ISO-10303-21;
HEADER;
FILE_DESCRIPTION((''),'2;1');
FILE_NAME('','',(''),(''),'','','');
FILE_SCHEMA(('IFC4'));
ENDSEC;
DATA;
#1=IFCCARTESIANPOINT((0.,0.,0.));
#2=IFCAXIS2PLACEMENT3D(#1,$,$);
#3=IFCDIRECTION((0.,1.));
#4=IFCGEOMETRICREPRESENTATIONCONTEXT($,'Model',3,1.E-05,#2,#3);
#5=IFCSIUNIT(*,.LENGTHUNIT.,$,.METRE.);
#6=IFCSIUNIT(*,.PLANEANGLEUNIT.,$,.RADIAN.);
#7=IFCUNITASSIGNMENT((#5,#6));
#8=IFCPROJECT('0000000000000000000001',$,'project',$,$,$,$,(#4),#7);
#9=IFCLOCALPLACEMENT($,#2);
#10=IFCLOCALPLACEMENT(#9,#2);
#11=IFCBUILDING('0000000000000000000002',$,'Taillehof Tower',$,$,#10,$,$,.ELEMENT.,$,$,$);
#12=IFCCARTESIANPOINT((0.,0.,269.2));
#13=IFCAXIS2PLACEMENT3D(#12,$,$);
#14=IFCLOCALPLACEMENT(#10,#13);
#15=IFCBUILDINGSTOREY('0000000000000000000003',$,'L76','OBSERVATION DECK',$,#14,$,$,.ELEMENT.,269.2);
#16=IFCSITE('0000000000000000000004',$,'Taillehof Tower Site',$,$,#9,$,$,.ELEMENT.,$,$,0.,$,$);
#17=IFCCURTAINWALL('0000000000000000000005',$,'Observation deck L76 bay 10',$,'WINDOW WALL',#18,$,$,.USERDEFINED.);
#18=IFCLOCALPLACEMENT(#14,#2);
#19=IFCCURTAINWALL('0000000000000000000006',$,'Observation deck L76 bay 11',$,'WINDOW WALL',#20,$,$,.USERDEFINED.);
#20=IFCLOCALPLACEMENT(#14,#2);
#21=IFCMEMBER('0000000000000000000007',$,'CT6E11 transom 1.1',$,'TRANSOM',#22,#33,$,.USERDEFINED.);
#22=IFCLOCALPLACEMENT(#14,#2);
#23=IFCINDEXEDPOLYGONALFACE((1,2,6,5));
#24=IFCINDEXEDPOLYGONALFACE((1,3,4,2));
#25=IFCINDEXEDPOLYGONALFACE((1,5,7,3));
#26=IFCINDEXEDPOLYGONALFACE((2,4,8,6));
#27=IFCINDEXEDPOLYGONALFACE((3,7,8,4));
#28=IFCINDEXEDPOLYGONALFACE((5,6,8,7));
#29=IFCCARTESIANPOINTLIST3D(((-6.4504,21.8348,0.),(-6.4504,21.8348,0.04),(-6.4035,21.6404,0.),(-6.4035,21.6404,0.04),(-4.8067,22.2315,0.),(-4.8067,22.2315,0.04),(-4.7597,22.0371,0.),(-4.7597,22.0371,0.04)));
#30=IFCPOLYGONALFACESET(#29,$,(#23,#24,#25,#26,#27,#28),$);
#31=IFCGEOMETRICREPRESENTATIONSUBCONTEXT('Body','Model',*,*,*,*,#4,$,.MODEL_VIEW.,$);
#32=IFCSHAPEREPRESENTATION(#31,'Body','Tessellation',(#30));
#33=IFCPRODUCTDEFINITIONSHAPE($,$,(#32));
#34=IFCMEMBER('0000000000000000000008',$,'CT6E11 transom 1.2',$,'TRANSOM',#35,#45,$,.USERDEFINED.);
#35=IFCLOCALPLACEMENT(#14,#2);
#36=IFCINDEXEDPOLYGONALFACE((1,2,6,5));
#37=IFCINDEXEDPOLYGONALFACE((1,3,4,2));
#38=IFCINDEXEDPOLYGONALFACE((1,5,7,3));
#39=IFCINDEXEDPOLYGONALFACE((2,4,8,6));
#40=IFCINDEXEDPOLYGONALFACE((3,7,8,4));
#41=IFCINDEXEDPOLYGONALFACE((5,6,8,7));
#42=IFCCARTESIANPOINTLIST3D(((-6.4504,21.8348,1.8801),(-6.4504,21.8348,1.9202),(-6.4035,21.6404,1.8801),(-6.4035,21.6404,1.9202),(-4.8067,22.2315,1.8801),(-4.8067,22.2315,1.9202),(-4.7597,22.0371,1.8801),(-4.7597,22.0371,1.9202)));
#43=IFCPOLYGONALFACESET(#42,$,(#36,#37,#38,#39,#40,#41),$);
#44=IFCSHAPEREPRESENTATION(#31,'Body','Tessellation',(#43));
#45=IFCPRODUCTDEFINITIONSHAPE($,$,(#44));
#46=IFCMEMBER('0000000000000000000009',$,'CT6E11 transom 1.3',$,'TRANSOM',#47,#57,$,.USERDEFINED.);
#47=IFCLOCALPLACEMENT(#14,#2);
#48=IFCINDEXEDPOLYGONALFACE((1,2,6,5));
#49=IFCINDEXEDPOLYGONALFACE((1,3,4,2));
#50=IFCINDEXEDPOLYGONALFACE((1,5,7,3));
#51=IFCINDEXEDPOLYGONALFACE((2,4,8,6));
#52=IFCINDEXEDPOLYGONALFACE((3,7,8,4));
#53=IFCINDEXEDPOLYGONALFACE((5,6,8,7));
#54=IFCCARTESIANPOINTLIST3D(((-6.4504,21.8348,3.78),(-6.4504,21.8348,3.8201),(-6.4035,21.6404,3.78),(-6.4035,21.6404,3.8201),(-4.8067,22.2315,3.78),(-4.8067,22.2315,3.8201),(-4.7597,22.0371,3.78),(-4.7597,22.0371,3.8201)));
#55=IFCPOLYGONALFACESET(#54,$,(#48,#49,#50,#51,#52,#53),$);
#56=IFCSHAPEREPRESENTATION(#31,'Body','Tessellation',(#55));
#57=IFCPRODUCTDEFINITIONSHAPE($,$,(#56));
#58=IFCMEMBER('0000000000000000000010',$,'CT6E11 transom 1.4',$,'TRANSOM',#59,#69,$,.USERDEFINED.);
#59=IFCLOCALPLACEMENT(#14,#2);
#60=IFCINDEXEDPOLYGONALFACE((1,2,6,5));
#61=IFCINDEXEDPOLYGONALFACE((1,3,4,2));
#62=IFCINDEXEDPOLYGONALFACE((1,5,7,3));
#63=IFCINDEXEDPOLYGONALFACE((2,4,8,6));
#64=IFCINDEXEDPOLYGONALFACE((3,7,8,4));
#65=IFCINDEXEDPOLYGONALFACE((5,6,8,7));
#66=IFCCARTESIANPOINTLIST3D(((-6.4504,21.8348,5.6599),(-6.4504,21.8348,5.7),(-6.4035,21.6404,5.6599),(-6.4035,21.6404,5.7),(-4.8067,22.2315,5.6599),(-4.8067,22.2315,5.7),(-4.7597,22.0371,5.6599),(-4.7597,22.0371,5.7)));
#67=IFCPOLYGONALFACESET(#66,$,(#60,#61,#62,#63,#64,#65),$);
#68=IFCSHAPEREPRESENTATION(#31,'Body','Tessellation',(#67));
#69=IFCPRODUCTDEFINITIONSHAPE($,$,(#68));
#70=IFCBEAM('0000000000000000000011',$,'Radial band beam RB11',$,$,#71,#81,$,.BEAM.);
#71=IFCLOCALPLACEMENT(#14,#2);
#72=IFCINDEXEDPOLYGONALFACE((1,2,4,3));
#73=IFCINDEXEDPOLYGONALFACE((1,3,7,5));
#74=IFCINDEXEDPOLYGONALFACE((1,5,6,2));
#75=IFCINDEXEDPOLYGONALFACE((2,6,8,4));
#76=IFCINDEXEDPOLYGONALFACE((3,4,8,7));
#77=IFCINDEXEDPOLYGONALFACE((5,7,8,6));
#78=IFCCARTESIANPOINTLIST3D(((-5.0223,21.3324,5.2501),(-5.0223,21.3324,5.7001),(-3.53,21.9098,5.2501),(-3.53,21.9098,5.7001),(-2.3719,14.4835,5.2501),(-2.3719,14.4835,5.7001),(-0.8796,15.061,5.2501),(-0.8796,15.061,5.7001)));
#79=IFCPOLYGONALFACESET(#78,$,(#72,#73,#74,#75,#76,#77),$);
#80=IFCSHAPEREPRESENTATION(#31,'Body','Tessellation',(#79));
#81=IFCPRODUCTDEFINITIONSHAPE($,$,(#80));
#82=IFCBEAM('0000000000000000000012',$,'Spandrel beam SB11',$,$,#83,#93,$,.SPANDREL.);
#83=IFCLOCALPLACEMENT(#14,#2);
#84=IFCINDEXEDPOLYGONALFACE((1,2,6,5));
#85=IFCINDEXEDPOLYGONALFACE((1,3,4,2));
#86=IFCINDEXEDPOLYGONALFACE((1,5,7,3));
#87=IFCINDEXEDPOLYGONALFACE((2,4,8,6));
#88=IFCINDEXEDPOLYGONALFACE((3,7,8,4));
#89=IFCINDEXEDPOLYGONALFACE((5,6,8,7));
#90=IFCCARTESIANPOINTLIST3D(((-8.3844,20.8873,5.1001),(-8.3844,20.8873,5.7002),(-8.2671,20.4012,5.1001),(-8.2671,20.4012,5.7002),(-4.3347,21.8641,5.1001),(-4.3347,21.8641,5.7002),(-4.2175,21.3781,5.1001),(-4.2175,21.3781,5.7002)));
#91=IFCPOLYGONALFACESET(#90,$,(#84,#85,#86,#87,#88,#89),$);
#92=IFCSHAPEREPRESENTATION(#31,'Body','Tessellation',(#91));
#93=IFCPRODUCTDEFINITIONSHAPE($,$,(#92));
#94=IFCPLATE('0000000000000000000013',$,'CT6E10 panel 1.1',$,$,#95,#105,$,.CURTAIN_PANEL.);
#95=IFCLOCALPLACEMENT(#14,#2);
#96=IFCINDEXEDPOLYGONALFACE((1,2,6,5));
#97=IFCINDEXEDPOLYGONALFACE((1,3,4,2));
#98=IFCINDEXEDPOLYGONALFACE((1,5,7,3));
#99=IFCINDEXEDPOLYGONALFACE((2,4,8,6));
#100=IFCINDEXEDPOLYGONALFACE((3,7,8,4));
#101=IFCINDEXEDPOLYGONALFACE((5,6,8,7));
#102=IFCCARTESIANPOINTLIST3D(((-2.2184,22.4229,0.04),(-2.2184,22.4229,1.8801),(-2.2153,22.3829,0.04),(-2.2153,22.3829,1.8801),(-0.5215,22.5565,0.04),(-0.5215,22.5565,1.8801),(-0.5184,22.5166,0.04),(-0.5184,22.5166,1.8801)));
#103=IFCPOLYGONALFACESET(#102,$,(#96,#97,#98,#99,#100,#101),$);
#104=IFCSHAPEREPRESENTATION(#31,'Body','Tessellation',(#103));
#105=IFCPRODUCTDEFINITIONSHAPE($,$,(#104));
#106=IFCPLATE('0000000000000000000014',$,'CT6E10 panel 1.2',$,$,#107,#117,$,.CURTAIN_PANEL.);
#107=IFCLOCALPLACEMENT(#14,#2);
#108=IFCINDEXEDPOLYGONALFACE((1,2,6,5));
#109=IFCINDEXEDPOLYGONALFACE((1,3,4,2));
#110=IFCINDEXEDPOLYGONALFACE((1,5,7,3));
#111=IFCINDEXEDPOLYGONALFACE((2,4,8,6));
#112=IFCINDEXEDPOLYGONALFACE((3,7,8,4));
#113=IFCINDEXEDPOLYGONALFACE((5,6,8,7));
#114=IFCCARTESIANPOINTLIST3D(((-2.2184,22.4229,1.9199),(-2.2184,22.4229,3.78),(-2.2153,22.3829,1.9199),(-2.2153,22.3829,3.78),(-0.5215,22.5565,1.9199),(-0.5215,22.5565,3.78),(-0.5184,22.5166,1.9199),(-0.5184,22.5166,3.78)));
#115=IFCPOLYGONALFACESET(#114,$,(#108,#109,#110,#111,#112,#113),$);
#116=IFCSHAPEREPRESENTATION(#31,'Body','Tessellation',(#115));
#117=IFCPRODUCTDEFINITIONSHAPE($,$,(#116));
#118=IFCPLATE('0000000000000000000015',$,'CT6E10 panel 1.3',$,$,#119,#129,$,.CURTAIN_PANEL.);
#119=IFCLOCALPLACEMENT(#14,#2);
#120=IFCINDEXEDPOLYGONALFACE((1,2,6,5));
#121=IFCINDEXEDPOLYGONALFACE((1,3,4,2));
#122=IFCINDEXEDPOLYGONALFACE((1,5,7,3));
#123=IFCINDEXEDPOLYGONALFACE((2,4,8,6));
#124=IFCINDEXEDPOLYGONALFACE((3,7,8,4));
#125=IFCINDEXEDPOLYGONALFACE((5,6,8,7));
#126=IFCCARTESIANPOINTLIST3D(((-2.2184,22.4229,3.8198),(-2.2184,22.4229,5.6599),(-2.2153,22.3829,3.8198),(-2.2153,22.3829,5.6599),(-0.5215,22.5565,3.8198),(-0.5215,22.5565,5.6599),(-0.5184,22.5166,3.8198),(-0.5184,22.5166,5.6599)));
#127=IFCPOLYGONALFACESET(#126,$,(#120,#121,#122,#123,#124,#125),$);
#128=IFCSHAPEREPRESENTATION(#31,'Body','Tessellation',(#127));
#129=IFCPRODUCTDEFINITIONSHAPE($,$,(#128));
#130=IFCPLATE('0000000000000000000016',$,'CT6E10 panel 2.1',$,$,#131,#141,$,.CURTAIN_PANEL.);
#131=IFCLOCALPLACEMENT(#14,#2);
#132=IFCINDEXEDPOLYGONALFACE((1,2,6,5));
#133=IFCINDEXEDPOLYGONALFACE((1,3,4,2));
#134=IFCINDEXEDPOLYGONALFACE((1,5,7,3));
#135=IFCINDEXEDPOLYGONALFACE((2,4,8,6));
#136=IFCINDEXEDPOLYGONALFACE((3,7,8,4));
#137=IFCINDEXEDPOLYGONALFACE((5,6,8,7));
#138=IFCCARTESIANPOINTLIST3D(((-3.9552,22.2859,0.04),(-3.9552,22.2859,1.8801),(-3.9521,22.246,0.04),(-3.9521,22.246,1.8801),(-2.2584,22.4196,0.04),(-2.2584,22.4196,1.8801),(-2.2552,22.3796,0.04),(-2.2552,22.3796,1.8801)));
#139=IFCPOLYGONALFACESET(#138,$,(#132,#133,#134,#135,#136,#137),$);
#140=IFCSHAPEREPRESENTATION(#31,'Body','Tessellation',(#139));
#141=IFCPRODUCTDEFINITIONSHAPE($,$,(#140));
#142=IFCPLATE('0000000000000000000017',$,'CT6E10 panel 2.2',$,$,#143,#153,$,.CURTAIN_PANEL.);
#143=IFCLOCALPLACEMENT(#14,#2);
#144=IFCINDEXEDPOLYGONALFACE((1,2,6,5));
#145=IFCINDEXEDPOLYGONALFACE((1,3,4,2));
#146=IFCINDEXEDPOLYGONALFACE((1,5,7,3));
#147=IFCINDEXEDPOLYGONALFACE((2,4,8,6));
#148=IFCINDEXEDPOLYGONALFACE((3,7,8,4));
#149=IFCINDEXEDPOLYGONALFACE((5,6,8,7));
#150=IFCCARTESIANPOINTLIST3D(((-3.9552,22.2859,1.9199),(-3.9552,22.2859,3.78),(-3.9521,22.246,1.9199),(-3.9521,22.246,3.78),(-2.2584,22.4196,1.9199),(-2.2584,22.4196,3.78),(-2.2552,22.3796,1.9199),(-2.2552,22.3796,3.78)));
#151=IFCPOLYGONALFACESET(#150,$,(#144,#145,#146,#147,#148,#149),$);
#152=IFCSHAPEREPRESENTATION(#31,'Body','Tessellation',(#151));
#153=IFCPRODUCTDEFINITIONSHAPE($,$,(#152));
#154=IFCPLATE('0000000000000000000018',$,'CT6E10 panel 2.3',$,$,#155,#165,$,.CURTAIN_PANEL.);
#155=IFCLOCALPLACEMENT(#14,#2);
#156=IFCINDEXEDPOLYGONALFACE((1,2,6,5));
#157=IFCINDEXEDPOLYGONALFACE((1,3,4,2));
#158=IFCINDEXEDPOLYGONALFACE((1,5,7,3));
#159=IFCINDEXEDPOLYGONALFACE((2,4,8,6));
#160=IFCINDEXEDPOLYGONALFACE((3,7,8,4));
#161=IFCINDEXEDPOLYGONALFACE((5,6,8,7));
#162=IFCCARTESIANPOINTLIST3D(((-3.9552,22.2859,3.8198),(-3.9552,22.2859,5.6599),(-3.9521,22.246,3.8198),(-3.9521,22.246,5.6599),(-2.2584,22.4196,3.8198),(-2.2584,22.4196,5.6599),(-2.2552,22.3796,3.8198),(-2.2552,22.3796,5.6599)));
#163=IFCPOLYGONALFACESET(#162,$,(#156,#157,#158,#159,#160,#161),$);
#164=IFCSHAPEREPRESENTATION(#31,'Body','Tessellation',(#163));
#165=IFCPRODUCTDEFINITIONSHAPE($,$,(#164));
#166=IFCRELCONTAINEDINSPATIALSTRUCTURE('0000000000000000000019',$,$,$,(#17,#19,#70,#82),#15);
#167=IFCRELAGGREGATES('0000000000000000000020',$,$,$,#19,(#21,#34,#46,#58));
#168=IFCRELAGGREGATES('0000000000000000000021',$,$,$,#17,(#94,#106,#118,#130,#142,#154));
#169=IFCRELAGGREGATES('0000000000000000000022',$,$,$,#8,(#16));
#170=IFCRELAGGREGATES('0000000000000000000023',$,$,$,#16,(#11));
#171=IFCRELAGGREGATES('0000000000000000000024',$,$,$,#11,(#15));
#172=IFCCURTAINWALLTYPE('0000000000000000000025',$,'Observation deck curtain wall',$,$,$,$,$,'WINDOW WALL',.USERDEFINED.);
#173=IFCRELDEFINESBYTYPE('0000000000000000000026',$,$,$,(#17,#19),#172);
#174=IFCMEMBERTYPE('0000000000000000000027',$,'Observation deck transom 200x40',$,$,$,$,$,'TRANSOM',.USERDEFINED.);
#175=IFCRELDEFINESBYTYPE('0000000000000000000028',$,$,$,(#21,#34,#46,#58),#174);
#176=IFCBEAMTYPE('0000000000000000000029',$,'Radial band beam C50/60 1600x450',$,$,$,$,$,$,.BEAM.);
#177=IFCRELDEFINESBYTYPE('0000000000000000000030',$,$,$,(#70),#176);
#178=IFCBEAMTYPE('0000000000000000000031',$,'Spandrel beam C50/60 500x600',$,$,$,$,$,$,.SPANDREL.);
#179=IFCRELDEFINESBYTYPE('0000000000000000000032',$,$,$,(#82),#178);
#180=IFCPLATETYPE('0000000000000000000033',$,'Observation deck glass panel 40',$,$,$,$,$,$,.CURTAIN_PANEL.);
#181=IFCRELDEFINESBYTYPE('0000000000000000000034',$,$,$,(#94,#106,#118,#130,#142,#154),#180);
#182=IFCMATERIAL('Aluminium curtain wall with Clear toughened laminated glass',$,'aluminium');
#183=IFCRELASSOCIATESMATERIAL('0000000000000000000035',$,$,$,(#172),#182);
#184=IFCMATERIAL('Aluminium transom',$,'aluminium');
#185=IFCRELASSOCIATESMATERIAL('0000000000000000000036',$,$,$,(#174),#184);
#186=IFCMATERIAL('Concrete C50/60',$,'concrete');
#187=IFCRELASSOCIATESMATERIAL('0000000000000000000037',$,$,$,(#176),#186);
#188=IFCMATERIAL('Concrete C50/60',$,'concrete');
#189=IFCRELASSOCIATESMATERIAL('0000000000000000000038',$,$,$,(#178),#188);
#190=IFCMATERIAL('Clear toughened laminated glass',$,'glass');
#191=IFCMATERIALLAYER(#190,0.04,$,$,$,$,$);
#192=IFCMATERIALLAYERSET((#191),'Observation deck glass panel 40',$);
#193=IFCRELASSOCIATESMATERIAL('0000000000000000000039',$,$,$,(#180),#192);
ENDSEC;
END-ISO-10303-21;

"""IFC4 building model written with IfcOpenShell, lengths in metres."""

from ifc_helpers import new_model, si_unit, direction, frame, origin, origin_2d, place, context, subcontext, project, spatial, rectangle, extrude, material, layer, layer_set, material_profile, profile_set, type_object, element, aggregate, save


model = new_model("IFC4")

# Units and contexts
model_context = context("Model", 3, precision=1e-05, world=origin(), true_north=direction((0.0, 1.0)))
body_context = subcontext(model_context, "Body", "Model", "MODEL_VIEW")
ifc_project = project(units=[si_unit("LENGTHUNIT", "METRE"), si_unit("PLANEANGLEUNIT", "RADIAN")], contexts=[model_context])

# Site, building, storey
site_placement = place(None, origin())
site = spatial("IfcSite", under=ifc_project, at=site_placement, Name="Taillehof Tower Site", CompositionType="ELEMENT", RefElevation=0.0)
building_placement = place(site_placement, origin())
building = spatial("IfcBuilding", under=site, at=building_placement, Name="Taillehof Tower", CompositionType="ELEMENT")
storey_placement = place(building_placement, frame((0.0, 0.0, 269.2)))
storey = spatial("IfcBuildingStorey", under=building, at=storey_placement, Name="L76", Description="OBSERVATION DECK", CompositionType="ELEMENT", Elevation=269.2)

# Curtain wall
ifc_material_1 = material(Name="Aluminium curtain wall with Clear toughened laminated glass", Category="aluminium")
curtain_wall_type = type_object("IfcCurtainWallType", Name="Observation deck curtain wall", ElementType="WINDOW WALL", PredefinedType="USERDEFINED", material=ifc_material_1)
curtain_wall_1_placement = place(storey_placement, origin())
curtain_wall_1 = element("IfcCurtainWall", 1, at=curtain_wall_1_placement, inside=storey, type_object=curtain_wall_type, Name="Observation deck L76 bay 10", ObjectType="WINDOW WALL", PredefinedType="USERDEFINED")

# Curtain wall
curtain_wall_2_placement = place(storey_placement, origin())
curtain_wall_2 = element("IfcCurtainWall", 2, at=curtain_wall_2_placement, inside=storey, type_object=curtain_wall_type, Name="Observation deck L76 bay 11", ObjectType="WINDOW WALL", PredefinedType="USERDEFINED")

# Members
ifc_material_2 = material(Name="Aluminium transom", Category="aluminium")
ifc_material_profile_1 = material_profile(ifc_material_2, rectangle(XDim=0.2, YDim=0.04, at=origin_2d()), Name="AL 200x40")
ifc_profile_set_1 = profile_set([ifc_material_profile_1], Name="Aluminium transom")
member_type_1 = type_object("IfcMemberType", Name="Observation deck transom 200x40", ElementType="TRANSOM", PredefinedType="USERDEFINED", material=ifc_profile_set_1)
member_1_placement = place(storey_placement, frame((-4.7832, 22.1343, 0.02), z_axis=(-0.972089, -0.234612, 0.0), x_axis=(0.234612, -0.972089, 0.0)))
member_1 = element("IfcMember", 3, at=member_1_placement, type_object=member_type_1, Name="CT6E11 transom 1.1", ObjectType="TRANSOM", PredefinedType="USERDEFINED", context=body_context, shape_type="SweptSolid", body=[
    extrude(rectangle(XDim=0.2, YDim=0.04, at=origin_2d()), origin(), (0.0, 0.0, 1.0), 1.6909),
])
member_2_placement = place(storey_placement, frame((-4.7832, 22.1343, 1.9001), z_axis=(-0.972089, -0.234612, 0.0), x_axis=(0.234612, -0.972089, 0.0)))
member_2 = element("IfcMember", 4, at=member_2_placement, type_object=member_type_1, Name="CT6E11 transom 1.2", ObjectType="TRANSOM", PredefinedType="USERDEFINED", context=body_context, shape_type="SweptSolid", body=[
    extrude(rectangle(XDim=0.2, YDim=0.04, at=origin_2d()), origin(), (0.0, 0.0, 1.0), 1.6909),
])
member_3_placement = place(storey_placement, frame((-4.7832, 22.1343, 3.8), z_axis=(-0.972089, -0.234612, 0.0), x_axis=(0.234612, -0.972089, 0.0)))
member_3 = element("IfcMember", 5, at=member_3_placement, type_object=member_type_1, Name="CT6E11 transom 1.3", ObjectType="TRANSOM", PredefinedType="USERDEFINED", context=body_context, shape_type="SweptSolid", body=[
    extrude(rectangle(XDim=0.2, YDim=0.04, at=origin_2d()), origin(), (0.0, 0.0, 1.0), 1.6909),
])
member_4_placement = place(storey_placement, frame((-4.7832, 22.1343, 5.6799), z_axis=(-0.972089, -0.234612, 0.0), x_axis=(0.234612, -0.972089, 0.0)))
member_4 = element("IfcMember", 6, at=member_4_placement, type_object=member_type_1, Name="CT6E11 transom 1.4", ObjectType="TRANSOM", PredefinedType="USERDEFINED", context=body_context, shape_type="SweptSolid", body=[
    extrude(rectangle(XDim=0.2, YDim=0.04, at=origin_2d()), origin(), (0.0, 0.0, 1.0), 1.6909),
])
aggregate(curtain_wall_2, [member_1, member_2, member_3, member_4])

# Beams
ifc_material_3 = material(Name="Concrete C50/60", Category="concrete")
ifc_material_profile_2 = material_profile(ifc_material_3, rectangle(XDim=1.6001, YDim=0.45, at=origin_2d()), Name="RC 1600x450")
ifc_profile_set_2 = profile_set([ifc_material_profile_2], Name="Concrete C50/60")
beam_type_1 = type_object("IfcBeamType", Name="Radial band beam C50/60 1600x450", PredefinedType="BEAM", material=ifc_profile_set_2)
beam_1_placement = place(storey_placement, frame((-4.2761, 21.6211, 5.4751), z_axis=(0.360901, -0.932604, 0.0), x_axis=(0.932604, 0.360901, 0.0)))
element("IfcBeam", 7, at=beam_1_placement, inside=storey, type_object=beam_type_1, Name="Radial band beam RB11", PredefinedType="BEAM", context=body_context, shape_type="SweptSolid", body=[
    extrude(rectangle(XDim=1.6001, YDim=0.45, at=origin_2d()), origin(), (0.0, 0.0, 1.0), 7.3438),
])
ifc_material_4 = material(Name="Concrete C50/60", Category="concrete")
ifc_material_profile_3 = material_profile(ifc_material_4, rectangle(XDim=0.5, YDim=0.6001, at=origin_2d()), Name="RC 500x600")
ifc_profile_set_3 = profile_set([ifc_material_profile_3], Name="Concrete C50/60")
beam_type_2 = type_object("IfcBeamType", Name="Spandrel beam C50/60 500x600", PredefinedType="SPANDREL", material=ifc_profile_set_3)
beam_2_placement = place(storey_placement, frame((-4.2761, 21.6211, 5.4001), z_axis=(-0.972119, -0.234488, 0.0), x_axis=(0.234488, -0.972119, 0.0)))
element("IfcBeam", 8, at=beam_2_placement, inside=storey, type_object=beam_type_2, Name="Spandrel beam SB11", PredefinedType="SPANDREL", context=body_context, shape_type="SweptSolid", body=[
    extrude(rectangle(XDim=0.5, YDim=0.6001, at=origin_2d()), origin(), (0.0, 0.0, 1.0), 4.1658),
])

# Plates
ifc_material_5 = material(Name="Clear toughened laminated glass", Category="glass")
ifc_layer = layer(ifc_material_5, 0.04)
ifc_layer_set = layer_set([ifc_layer], Name="Observation deck glass panel 40")
plate_type = type_object("IfcPlateType", Name="Observation deck glass panel 40", PredefinedType="CURTAIN_PANEL", material=ifc_layer_set)
plate_1_placement = place(storey_placement, frame((-1.3684, 22.4697, 0.04), z_axis=(0.0, 0.0, 1.0), x_axis=(-0.996912, -0.078525, 0.0)))
plate_1 = element("IfcPlate", 9, at=plate_1_placement, type_object=plate_type, Name="CT6E10 panel 1.1", PredefinedType="CURTAIN_PANEL", context=body_context, shape_type="SweptSolid", body=[
    extrude(rectangle(XDim=1.7021, YDim=0.04, at=origin_2d()), origin(), (0.0, 0.0, 1.0), 1.8401),
])
plate_2_placement = place(storey_placement, frame((-1.3684, 22.4697, 1.9199), z_axis=(0.0, 0.0, 1.0), x_axis=(-0.996912, -0.078525, 0.0)))
plate_2 = element("IfcPlate", 10, at=plate_2_placement, type_object=plate_type, Name="CT6E10 panel 1.2", PredefinedType="CURTAIN_PANEL", context=body_context, shape_type="SweptSolid", body=[
    extrude(rectangle(XDim=1.7021, YDim=0.04, at=origin_2d()), origin(), (0.0, 0.0, 1.0), 1.8601),
])
plate_3_placement = place(storey_placement, frame((-1.3684, 22.4697, 3.8198), z_axis=(0.0, 0.0, 1.0), x_axis=(-0.996912, -0.078525, 0.0)))
plate_3 = element("IfcPlate", 11, at=plate_3_placement, type_object=plate_type, Name="CT6E10 panel 1.3", PredefinedType="CURTAIN_PANEL", context=body_context, shape_type="SweptSolid", body=[
    extrude(rectangle(XDim=1.7021, YDim=0.04, at=origin_2d()), origin(), (0.0, 0.0, 1.0), 1.8401),
])
plate_4_placement = place(storey_placement, frame((-3.1052, 22.3328, 0.04), z_axis=(0.0, 0.0, 1.0), x_axis=(-0.996912, -0.078525, 0.0)))
plate_4 = element("IfcPlate", 12, at=plate_4_placement, type_object=plate_type, Name="CT6E10 panel 2.1", PredefinedType="CURTAIN_PANEL", context=body_context, shape_type="SweptSolid", body=[
    extrude(rectangle(XDim=1.7021, YDim=0.04, at=origin_2d()), origin(), (0.0, 0.0, 1.0), 1.8401),
])
plate_5_placement = place(storey_placement, frame((-3.1052, 22.3328, 1.9199), z_axis=(0.0, 0.0, 1.0), x_axis=(-0.996912, -0.078525, 0.0)))
plate_5 = element("IfcPlate", 13, at=plate_5_placement, type_object=plate_type, Name="CT6E10 panel 2.2", PredefinedType="CURTAIN_PANEL", context=body_context, shape_type="SweptSolid", body=[
    extrude(rectangle(XDim=1.7021, YDim=0.04, at=origin_2d()), origin(), (0.0, 0.0, 1.0), 1.8601),
])
plate_6_placement = place(storey_placement, frame((-3.1052, 22.3328, 3.8198), z_axis=(0.0, 0.0, 1.0), x_axis=(-0.996912, -0.078525, 0.0)))
plate_6 = element("IfcPlate", 14, at=plate_6_placement, type_object=plate_type, Name="CT6E10 panel 2.3", PredefinedType="CURTAIN_PANEL", context=body_context, shape_type="SweptSolid", body=[
    extrude(rectangle(XDim=1.7021, YDim=0.04, at=origin_2d()), origin(), (0.0, 0.0, 1.0), 1.8401),
])
aggregate(curtain_wall_1, [plate_1, plate_2, plate_3, plate_4, plate_5, plate_6])

save(model, "model.ifc")
